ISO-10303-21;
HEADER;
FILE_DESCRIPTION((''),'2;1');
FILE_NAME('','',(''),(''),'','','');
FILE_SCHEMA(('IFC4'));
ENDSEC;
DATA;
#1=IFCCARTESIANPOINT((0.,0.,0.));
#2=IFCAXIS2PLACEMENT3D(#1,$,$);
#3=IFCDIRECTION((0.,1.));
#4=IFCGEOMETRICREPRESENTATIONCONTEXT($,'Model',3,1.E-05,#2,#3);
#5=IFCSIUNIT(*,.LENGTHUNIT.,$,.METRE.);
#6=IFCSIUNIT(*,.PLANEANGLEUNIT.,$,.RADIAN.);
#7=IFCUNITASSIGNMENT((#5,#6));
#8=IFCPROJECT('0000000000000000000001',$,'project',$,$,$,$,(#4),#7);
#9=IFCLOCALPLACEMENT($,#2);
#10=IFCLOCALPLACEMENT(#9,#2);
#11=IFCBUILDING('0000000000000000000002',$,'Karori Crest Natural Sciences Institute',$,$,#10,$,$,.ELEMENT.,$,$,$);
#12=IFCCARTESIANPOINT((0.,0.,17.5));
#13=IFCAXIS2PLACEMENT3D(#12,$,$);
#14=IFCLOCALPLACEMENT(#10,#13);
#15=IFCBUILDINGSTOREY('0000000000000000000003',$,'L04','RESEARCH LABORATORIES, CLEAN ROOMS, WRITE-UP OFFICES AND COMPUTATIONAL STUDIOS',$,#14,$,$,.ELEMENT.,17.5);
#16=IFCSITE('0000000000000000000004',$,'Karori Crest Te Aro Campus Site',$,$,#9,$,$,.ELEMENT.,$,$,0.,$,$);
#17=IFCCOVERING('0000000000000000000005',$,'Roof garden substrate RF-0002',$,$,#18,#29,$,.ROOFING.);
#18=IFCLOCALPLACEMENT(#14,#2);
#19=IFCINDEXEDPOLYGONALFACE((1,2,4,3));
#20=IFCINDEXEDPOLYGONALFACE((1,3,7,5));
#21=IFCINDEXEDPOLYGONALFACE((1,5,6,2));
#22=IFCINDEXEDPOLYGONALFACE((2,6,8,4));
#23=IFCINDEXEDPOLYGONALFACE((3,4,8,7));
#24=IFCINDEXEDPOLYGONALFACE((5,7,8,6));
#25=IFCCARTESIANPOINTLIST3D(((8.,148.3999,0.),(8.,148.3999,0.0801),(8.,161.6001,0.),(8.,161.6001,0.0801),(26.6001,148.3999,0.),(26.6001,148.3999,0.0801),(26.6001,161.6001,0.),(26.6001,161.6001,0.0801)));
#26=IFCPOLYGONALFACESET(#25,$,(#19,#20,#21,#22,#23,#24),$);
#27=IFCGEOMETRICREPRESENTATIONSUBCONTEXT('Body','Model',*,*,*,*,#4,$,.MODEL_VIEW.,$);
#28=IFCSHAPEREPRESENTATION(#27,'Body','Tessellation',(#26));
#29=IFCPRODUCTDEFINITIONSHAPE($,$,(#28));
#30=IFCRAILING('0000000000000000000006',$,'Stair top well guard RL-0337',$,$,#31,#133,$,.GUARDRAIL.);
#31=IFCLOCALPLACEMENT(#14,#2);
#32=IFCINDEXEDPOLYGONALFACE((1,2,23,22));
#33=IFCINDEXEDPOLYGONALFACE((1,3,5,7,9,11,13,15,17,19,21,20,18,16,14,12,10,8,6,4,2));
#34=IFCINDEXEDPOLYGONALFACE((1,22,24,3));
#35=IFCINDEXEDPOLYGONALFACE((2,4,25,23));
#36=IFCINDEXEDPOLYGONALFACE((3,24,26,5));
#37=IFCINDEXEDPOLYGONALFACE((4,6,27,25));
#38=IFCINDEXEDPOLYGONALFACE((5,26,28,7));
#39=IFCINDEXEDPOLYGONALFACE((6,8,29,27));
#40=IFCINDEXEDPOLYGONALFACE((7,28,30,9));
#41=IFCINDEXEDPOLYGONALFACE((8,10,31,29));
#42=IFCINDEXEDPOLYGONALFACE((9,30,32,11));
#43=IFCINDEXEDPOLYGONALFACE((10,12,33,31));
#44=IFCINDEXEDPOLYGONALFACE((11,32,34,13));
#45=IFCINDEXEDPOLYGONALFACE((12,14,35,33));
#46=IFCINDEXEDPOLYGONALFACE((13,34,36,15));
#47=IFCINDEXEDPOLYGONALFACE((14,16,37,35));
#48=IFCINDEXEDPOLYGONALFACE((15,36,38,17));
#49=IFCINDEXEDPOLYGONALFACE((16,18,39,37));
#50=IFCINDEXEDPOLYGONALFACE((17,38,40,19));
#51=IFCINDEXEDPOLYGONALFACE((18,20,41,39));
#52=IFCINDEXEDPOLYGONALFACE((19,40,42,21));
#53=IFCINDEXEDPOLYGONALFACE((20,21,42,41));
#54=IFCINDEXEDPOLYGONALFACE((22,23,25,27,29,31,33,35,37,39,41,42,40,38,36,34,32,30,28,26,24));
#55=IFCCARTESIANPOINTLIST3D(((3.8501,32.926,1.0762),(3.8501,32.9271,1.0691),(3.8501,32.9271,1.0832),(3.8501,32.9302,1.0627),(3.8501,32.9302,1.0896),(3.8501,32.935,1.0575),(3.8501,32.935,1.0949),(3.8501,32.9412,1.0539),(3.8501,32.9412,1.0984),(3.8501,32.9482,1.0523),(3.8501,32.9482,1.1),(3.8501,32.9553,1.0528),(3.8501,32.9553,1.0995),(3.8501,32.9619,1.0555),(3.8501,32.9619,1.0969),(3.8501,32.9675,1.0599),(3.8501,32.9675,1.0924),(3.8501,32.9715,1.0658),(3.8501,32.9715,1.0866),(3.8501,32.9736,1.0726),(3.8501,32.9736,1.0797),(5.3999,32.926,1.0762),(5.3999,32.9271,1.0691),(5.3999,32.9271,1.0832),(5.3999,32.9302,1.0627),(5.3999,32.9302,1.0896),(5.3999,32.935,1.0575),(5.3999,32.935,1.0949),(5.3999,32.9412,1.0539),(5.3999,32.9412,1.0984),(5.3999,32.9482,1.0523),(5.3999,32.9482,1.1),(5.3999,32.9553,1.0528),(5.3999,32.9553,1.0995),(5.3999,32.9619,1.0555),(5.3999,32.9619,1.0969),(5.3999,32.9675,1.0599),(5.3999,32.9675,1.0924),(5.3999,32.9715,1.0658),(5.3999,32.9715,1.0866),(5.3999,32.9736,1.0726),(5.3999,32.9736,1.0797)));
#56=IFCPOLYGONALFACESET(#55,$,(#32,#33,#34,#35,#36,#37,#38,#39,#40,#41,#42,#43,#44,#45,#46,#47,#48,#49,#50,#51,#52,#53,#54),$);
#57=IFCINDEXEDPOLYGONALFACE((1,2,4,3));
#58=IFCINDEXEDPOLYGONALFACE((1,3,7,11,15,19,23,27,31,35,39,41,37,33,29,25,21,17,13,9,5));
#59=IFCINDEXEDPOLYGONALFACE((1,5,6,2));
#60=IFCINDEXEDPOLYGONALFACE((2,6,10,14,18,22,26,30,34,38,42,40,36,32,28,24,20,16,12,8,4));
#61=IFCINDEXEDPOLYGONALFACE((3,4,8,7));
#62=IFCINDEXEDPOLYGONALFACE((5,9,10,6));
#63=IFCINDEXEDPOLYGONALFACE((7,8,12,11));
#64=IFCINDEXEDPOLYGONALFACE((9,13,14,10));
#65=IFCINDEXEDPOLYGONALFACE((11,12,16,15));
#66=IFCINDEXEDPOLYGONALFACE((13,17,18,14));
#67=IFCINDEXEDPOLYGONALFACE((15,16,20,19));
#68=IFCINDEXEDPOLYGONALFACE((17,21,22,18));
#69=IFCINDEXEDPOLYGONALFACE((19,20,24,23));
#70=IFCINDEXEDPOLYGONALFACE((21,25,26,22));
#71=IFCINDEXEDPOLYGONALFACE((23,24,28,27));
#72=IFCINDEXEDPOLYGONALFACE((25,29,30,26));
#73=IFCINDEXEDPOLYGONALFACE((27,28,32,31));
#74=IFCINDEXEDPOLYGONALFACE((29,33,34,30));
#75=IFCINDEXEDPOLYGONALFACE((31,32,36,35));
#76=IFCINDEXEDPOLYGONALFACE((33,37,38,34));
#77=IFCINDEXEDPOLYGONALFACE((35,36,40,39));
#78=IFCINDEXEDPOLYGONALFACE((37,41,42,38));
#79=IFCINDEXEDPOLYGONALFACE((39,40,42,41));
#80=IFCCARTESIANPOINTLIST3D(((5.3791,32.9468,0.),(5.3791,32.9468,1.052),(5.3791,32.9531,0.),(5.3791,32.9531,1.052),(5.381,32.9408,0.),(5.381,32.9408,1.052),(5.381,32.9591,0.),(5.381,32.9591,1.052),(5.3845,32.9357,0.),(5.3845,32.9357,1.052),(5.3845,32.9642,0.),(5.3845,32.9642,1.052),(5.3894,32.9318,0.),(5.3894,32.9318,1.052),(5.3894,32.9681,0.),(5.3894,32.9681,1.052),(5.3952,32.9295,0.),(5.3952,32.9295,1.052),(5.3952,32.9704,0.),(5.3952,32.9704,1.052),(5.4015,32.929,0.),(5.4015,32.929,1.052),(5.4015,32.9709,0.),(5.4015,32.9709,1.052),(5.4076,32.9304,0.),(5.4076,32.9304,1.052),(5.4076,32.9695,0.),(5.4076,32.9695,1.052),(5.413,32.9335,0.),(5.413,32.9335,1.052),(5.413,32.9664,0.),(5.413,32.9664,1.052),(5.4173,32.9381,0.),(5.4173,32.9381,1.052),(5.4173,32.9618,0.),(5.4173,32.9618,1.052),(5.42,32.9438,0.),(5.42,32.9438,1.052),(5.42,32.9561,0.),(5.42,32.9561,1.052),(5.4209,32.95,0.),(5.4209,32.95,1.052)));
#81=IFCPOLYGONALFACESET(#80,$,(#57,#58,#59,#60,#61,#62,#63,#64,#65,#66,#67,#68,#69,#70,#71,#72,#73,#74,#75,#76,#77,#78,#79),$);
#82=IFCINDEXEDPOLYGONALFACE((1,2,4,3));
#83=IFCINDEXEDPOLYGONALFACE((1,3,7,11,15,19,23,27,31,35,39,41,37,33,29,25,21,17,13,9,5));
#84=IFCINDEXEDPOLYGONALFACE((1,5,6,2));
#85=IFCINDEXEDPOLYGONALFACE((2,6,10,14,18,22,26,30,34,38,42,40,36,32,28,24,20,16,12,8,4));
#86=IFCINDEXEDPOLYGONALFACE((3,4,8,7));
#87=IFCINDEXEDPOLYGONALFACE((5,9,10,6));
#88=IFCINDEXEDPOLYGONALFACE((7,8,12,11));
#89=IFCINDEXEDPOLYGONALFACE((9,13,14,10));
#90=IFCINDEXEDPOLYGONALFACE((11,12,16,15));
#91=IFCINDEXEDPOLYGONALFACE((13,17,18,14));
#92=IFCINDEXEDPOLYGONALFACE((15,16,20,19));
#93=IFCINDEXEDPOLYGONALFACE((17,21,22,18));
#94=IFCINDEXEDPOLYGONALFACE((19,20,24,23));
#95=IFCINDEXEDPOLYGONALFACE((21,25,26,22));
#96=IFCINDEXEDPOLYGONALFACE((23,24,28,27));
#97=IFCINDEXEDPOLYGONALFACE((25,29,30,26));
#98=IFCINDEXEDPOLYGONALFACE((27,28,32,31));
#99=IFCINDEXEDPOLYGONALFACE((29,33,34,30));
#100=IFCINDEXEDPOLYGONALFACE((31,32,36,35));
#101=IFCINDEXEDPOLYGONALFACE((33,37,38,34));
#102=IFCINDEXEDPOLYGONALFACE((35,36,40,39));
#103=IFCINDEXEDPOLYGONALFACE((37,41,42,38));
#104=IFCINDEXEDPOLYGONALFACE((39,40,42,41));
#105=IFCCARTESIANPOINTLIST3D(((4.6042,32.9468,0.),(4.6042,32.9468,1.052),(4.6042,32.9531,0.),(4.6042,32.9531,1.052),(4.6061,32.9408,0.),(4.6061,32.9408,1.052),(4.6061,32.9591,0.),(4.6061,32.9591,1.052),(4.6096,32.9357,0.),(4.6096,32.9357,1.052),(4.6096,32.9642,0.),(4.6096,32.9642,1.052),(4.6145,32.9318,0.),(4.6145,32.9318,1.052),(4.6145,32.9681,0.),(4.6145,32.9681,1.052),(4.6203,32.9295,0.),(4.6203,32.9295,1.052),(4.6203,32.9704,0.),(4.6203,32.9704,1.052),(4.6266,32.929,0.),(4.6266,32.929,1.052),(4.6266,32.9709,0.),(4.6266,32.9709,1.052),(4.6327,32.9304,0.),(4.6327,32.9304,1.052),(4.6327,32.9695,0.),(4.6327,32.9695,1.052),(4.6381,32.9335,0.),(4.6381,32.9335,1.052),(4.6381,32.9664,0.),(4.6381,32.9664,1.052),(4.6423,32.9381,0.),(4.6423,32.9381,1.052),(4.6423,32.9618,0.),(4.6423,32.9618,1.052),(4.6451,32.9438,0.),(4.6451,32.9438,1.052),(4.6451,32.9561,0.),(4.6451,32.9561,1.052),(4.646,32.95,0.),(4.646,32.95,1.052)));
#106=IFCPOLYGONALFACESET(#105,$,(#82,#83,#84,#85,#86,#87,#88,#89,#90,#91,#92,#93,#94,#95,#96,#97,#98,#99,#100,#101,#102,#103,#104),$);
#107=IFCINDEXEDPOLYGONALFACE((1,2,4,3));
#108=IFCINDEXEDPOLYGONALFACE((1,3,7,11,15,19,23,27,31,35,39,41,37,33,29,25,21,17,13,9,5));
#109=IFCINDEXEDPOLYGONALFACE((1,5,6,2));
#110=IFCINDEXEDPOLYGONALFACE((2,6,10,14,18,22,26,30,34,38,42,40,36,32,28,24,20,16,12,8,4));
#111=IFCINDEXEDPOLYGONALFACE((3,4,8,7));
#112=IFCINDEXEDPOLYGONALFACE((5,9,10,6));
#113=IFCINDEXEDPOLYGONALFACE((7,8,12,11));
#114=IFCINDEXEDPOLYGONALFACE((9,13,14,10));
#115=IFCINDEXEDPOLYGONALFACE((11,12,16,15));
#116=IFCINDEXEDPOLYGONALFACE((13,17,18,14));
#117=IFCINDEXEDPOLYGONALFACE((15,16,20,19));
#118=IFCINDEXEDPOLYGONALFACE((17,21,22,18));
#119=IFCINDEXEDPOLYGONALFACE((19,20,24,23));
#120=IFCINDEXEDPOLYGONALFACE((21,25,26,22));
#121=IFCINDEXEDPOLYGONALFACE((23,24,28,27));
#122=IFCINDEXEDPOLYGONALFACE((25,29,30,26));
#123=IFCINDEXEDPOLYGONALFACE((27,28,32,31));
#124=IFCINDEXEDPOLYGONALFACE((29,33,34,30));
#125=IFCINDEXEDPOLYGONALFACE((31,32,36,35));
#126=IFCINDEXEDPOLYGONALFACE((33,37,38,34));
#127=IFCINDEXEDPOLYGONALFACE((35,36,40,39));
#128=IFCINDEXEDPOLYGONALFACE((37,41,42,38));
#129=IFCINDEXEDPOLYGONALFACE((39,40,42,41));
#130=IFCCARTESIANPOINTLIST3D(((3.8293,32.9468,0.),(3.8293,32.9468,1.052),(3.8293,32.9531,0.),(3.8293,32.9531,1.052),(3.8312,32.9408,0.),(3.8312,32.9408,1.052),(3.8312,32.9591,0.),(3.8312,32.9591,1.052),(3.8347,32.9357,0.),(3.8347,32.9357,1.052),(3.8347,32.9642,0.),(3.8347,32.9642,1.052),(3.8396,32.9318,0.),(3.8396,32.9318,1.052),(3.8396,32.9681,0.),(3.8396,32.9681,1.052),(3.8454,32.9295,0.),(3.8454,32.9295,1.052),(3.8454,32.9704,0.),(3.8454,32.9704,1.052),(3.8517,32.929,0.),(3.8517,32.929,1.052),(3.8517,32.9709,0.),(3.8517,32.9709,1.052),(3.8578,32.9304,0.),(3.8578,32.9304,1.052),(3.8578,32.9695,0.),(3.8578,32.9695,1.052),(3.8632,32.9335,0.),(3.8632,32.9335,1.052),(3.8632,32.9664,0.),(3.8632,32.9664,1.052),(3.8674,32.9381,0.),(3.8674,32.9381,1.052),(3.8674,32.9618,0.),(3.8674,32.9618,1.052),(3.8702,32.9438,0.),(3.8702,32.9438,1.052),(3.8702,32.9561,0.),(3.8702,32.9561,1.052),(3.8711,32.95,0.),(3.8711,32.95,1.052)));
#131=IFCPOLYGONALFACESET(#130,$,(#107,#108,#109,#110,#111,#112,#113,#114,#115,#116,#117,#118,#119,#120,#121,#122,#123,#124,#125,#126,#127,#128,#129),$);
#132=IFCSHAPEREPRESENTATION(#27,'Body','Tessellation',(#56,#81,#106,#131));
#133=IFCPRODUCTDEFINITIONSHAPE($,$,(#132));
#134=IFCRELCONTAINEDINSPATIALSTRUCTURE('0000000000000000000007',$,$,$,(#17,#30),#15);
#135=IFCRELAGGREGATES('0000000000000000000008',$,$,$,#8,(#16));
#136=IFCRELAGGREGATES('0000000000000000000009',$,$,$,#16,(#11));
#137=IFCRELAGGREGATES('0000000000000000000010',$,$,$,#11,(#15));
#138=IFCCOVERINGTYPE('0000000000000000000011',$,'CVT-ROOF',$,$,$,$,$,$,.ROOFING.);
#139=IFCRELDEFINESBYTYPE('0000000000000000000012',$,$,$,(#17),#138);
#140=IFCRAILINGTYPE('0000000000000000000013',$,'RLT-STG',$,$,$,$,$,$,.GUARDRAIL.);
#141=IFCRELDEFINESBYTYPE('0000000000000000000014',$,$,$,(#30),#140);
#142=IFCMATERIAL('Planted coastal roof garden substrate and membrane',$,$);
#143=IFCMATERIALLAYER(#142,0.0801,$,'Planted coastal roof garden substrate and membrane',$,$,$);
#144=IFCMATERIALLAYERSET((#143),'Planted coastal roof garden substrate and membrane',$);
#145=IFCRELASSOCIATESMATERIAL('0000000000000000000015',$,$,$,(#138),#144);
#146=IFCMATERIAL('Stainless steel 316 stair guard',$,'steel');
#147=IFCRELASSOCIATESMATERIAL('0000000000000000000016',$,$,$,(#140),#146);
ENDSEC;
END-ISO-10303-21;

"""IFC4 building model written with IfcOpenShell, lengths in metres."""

from ifc_helpers import new_model, si_unit, direction, frame, origin, origin_2d, place, context, subcontext, project, spatial, polyline, circle, outline, extrude, material, layer, layer_set, type_object, element, save


model = new_model("IFC4")

# Units and contexts
model_context = context("Model", 3, precision=1e-05, world=origin(), true_north=direction((0.0, 1.0)))
body_context = subcontext(model_context, "Body", "Model", "MODEL_VIEW")
ifc_project = project(units=[si_unit("LENGTHUNIT", "METRE"), si_unit("PLANEANGLEUNIT", "RADIAN")], contexts=[model_context])

# Site, building, storey
site_placement = place(None, origin())
site = spatial("IfcSite", under=ifc_project, at=site_placement, Name="Karori Crest Te Aro Campus Site", CompositionType="ELEMENT", RefElevation=0.0)
building_placement = place(site_placement, origin())
building = spatial("IfcBuilding", under=site, at=building_placement, Name="Karori Crest Natural Sciences Institute", CompositionType="ELEMENT")
storey_placement = place(building_placement, frame((0.0, 0.0, 17.5)))
storey = spatial("IfcBuildingStorey", under=building, at=storey_placement, Name="L04", Description="RESEARCH LABORATORIES, CLEAN ROOMS, WRITE-UP OFFICES AND COMPUTATIONAL STUDIOS", CompositionType="ELEMENT", Elevation=17.5)

# Covering
ifc_material_1 = material(Name="Planted coastal roof garden substrate and membrane")
ifc_layer_1 = layer(ifc_material_1, 0.0801, Name="Planted coastal roof garden substrate and membrane")
ifc_layer_set_1 = layer_set([ifc_layer_1], Name="Planted coastal roof garden substrate and membrane")
covering_type = type_object("IfcCoveringType", Name="CVT-ROOF", PredefinedType="ROOFING", material=ifc_layer_set_1)
covering_1_placement = place(storey_placement, origin())
element("IfcCovering", 1, at=covering_1_placement, inside=storey, type_object=covering_type, Name="Roof garden substrate RF-0002", PredefinedType="ROOFING", context=body_context, shape_type="SweptSolid", body=[
    extrude(outline(polyline([(8.0, 148.3999), (26.6001, 148.3999), (26.6001, 161.6001), (8.0, 161.6001), (8.0, 148.3999)])), origin(), (0.0, 0.0, 1.0), 0.0801),
])

# Railing
ifc_material_2 = material(Name="Stainless steel 316 stair guard", Category="steel")
railing_type = type_object("IfcRailingType", Name="RLT-STG", PredefinedType="GUARDRAIL", material=ifc_material_2)
railing_placement = place(storey_placement, frame((5.3999, 32.95, 0.0)))
element("IfcRailing", 2, at=railing_placement, inside=storey, type_object=railing_type, Name="Stair top well guard RL-0337", PredefinedType="GUARDRAIL", context=body_context, shape_type="SweptSolid", body=[
    extrude(circle(Radius=0.0239, at=origin_2d()), frame((0.0, 0.0, 1.0762), z_axis=(-1.0, 0.0, 0.0), x_axis=(0.0, -1.0, 0.0)), (0.0, 0.0, 1.0), 1.5498),
    extrude(circle(Radius=0.021, at=origin_2d()), origin(), (0.0, 0.0, 1.0), 1.052),
    extrude(circle(Radius=0.021, at=origin_2d()), frame((-0.7749, 0.0, 0.0)), (0.0, 0.0, 1.0), 1.052),
    extrude(circle(Radius=0.021, at=origin_2d()), frame((-1.5498, 0.0, 0.0)), (0.0, 0.0, 1.0), 1.052),
])

save(model, "model.ifc")
